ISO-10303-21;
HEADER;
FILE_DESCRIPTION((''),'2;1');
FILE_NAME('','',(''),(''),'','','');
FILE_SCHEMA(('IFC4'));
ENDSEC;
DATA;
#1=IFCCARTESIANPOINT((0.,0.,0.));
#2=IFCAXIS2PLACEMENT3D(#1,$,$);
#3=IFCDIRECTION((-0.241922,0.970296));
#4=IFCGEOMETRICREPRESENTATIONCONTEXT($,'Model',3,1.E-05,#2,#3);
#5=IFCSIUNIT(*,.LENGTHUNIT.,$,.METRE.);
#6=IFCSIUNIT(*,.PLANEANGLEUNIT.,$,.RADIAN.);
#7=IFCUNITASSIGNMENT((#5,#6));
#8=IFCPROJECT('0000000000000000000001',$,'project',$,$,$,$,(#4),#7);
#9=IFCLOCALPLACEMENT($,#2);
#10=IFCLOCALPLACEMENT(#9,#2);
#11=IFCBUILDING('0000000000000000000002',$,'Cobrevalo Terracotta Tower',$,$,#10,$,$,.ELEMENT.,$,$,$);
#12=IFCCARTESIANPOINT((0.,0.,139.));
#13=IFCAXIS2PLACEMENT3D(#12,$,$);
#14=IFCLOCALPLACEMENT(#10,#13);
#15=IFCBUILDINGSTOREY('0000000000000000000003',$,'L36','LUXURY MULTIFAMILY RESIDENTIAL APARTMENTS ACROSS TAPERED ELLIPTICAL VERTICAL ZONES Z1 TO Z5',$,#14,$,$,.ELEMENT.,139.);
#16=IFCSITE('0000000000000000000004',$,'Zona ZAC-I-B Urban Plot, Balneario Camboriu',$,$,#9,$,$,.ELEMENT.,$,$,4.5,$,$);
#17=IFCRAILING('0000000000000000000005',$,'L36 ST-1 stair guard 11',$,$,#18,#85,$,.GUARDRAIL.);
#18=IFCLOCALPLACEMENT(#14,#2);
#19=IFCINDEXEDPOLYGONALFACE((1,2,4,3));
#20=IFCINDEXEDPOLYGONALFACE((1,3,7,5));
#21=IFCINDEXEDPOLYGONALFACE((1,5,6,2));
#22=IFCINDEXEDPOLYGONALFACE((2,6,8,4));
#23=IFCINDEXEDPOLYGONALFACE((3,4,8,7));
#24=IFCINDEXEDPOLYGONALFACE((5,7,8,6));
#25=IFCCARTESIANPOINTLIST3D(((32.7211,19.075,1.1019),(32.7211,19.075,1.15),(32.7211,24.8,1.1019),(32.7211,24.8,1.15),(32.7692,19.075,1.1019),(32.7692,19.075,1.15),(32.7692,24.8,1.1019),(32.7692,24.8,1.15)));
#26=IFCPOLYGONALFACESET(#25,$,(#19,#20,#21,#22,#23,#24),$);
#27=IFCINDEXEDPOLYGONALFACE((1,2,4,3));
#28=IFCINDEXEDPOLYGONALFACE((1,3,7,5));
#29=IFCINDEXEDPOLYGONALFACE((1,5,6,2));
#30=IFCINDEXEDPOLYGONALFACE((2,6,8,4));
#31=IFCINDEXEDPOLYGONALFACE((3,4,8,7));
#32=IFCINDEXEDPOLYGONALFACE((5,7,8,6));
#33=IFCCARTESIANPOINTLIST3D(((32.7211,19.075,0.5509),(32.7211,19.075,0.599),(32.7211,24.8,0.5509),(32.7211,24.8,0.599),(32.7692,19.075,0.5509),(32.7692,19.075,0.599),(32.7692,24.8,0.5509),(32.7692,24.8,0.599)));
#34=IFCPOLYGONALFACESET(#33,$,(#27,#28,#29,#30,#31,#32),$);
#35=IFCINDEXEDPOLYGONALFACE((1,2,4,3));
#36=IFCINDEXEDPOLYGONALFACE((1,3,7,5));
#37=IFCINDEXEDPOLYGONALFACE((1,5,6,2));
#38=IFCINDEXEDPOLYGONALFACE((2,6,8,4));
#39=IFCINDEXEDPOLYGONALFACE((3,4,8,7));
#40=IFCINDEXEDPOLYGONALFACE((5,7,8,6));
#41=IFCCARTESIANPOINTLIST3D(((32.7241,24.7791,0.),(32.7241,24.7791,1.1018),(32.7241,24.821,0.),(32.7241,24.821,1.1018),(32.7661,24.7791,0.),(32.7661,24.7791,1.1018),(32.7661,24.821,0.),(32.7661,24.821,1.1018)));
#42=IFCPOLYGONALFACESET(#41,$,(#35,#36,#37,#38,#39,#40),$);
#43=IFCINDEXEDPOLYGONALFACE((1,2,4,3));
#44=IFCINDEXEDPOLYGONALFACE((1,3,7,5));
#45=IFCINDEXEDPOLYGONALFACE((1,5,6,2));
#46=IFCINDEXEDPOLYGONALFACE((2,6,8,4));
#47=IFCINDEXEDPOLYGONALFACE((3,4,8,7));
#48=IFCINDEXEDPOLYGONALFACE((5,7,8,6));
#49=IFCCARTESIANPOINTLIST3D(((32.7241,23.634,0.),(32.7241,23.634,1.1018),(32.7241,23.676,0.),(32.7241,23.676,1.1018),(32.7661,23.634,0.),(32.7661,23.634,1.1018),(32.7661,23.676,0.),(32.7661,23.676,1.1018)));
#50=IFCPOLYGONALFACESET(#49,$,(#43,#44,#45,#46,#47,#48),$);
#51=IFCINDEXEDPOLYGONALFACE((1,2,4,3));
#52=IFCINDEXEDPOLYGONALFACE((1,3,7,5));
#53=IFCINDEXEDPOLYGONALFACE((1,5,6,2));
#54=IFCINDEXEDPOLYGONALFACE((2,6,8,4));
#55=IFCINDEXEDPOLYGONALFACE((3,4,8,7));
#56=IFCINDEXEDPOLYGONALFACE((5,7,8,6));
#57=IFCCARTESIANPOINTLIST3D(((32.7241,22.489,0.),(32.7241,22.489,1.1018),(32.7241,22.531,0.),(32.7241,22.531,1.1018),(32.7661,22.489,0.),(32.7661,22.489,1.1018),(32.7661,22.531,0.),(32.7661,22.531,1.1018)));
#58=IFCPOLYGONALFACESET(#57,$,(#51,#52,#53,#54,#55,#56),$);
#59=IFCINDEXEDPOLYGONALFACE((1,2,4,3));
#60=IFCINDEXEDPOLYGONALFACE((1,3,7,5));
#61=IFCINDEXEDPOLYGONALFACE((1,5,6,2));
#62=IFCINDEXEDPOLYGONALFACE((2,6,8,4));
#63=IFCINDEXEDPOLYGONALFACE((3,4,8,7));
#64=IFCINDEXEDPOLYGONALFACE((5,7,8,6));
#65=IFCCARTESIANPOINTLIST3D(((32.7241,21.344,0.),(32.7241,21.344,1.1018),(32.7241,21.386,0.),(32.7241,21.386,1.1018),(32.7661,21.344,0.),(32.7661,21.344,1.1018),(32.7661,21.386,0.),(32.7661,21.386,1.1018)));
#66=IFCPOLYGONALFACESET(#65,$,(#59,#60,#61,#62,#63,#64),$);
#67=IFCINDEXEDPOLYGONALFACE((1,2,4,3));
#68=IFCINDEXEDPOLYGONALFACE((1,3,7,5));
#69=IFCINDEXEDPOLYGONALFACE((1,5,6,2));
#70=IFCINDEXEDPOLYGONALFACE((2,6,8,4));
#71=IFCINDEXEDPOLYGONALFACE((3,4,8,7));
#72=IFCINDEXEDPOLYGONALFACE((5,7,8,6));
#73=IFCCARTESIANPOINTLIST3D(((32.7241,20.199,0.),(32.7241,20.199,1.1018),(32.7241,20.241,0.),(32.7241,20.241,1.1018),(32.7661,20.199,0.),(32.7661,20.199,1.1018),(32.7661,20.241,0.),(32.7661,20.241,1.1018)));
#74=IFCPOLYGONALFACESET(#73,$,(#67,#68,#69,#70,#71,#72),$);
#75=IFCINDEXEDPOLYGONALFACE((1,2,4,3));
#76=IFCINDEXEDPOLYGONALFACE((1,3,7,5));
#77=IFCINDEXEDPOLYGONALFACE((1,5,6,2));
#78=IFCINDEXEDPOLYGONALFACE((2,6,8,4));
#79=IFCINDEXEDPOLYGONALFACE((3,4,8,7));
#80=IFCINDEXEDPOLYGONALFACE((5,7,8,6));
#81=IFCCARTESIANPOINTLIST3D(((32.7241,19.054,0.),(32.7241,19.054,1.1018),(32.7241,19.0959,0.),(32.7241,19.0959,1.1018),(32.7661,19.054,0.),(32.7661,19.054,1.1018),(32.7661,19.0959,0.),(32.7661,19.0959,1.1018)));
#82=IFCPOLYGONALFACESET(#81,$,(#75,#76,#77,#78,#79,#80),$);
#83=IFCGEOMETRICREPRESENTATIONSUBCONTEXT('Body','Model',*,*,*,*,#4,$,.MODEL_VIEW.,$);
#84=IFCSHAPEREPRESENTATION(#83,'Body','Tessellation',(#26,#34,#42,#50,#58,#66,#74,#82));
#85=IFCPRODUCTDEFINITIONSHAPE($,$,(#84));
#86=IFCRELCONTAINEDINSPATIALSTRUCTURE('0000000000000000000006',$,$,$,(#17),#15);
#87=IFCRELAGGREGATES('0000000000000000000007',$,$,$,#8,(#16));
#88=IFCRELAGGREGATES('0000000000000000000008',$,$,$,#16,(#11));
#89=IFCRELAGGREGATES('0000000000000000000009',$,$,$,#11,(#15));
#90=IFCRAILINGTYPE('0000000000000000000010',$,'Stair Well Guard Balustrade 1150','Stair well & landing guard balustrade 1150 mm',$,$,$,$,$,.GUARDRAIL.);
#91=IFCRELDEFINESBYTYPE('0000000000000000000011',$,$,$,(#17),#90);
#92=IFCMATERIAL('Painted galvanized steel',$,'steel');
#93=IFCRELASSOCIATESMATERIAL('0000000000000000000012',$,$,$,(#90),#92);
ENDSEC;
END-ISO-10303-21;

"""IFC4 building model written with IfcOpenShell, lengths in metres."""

from ifc_helpers import new_model, si_unit, direction, frame, origin, origin_2d, place, context, subcontext, project, spatial, rectangle, extrude, material, type_object, element, save


model = new_model("IFC4")

# Units and contexts
model_context = context("Model", 3, precision=1e-05, world=origin(), true_north=direction((-0.241922, 0.970296)))
body_context = subcontext(model_context, "Body", "Model", "MODEL_VIEW")
ifc_project = project(units=[si_unit("LENGTHUNIT", "METRE"), si_unit("PLANEANGLEUNIT", "RADIAN")], contexts=[model_context])

# Site, building, storey
site_placement = place(None, origin())
site = spatial("IfcSite", under=ifc_project, at=site_placement, Name="Zona ZAC-I-B Urban Plot, Balneario Camboriu", CompositionType="ELEMENT", RefElevation=4.5)
building_placement = place(site_placement, origin())
building = spatial("IfcBuilding", under=site, at=building_placement, Name="Cobrevalo Terracotta Tower", CompositionType="ELEMENT")
storey_placement = place(building_placement, frame((0.0, 0.0, 139.0)))
storey = spatial("IfcBuildingStorey", under=building, at=storey_placement, Name="L36", Description="LUXURY MULTIFAMILY RESIDENTIAL APARTMENTS ACROSS TAPERED ELLIPTICAL VERTICAL ZONES Z1 TO Z5", CompositionType="ELEMENT", Elevation=139.0)

# Railing
ifc_material_1 = material(Name="Painted galvanized steel", Category="steel")
railing_type_1 = type_object("IfcRailingType", Name="Stair Well Guard Balustrade 1150", Description="Stair well & landing guard balustrade 1150 mm", PredefinedType="GUARDRAIL", material=ifc_material_1)
for number, where, name in (
    (1, (32.7451, 24.8, 0.0), "L36 ST-1 stair guard 11"),
):
    element("IfcRailing", number, at=place(storey_placement, frame(where)), inside=storey, type_object=railing_type_1, Name=name, PredefinedType="GUARDRAIL", context=body_context, shape_type="SweptSolid", body=[
        extrude(rectangle(XDim=0.0481, YDim=0.0481, at=origin_2d()), frame((0.0, 0.0, 1.126), z_axis=(0.0, -1.0, 0.0), x_axis=(1.0, 0.0, 0.0)), (0.0, 0.0, 1.0), 5.7251),
        extrude(rectangle(XDim=0.0481, YDim=0.0481, at=origin_2d()), frame((0.0, 0.0, 0.575), z_axis=(0.0, -1.0, 0.0), x_axis=(1.0, 0.0, 0.0)), (0.0, 0.0, 1.0), 5.7251),
        extrude(rectangle(XDim=0.042, YDim=0.042, at=origin_2d()), origin(), (0.0, 0.0, 1.0), 1.1018),
        extrude(rectangle(XDim=0.042, YDim=0.042, at=origin_2d()), frame((0.0, -1.145, 0.0)), (0.0, 0.0, 1.0), 1.1018),
        extrude(rectangle(XDim=0.042, YDim=0.042, at=origin_2d()), frame((0.0, -2.29, 0.0)), (0.0, 0.0, 1.0), 1.1018),
        extrude(rectangle(XDim=0.042, YDim=0.042, at=origin_2d()), frame((0.0, -3.4351, 0.0)), (0.0, 0.0, 1.0), 1.1018),
        extrude(rectangle(XDim=0.042, YDim=0.042, at=origin_2d()), frame((0.0, -4.5801, 0.0)), (0.0, 0.0, 1.0), 1.1018),
        extrude(rectangle(XDim=0.042, YDim=0.042, at=origin_2d()), frame((0.0, -5.7251, 0.0)), (0.0, 0.0, 1.0), 1.1018),
    ])

save(model, "model.ifc")
